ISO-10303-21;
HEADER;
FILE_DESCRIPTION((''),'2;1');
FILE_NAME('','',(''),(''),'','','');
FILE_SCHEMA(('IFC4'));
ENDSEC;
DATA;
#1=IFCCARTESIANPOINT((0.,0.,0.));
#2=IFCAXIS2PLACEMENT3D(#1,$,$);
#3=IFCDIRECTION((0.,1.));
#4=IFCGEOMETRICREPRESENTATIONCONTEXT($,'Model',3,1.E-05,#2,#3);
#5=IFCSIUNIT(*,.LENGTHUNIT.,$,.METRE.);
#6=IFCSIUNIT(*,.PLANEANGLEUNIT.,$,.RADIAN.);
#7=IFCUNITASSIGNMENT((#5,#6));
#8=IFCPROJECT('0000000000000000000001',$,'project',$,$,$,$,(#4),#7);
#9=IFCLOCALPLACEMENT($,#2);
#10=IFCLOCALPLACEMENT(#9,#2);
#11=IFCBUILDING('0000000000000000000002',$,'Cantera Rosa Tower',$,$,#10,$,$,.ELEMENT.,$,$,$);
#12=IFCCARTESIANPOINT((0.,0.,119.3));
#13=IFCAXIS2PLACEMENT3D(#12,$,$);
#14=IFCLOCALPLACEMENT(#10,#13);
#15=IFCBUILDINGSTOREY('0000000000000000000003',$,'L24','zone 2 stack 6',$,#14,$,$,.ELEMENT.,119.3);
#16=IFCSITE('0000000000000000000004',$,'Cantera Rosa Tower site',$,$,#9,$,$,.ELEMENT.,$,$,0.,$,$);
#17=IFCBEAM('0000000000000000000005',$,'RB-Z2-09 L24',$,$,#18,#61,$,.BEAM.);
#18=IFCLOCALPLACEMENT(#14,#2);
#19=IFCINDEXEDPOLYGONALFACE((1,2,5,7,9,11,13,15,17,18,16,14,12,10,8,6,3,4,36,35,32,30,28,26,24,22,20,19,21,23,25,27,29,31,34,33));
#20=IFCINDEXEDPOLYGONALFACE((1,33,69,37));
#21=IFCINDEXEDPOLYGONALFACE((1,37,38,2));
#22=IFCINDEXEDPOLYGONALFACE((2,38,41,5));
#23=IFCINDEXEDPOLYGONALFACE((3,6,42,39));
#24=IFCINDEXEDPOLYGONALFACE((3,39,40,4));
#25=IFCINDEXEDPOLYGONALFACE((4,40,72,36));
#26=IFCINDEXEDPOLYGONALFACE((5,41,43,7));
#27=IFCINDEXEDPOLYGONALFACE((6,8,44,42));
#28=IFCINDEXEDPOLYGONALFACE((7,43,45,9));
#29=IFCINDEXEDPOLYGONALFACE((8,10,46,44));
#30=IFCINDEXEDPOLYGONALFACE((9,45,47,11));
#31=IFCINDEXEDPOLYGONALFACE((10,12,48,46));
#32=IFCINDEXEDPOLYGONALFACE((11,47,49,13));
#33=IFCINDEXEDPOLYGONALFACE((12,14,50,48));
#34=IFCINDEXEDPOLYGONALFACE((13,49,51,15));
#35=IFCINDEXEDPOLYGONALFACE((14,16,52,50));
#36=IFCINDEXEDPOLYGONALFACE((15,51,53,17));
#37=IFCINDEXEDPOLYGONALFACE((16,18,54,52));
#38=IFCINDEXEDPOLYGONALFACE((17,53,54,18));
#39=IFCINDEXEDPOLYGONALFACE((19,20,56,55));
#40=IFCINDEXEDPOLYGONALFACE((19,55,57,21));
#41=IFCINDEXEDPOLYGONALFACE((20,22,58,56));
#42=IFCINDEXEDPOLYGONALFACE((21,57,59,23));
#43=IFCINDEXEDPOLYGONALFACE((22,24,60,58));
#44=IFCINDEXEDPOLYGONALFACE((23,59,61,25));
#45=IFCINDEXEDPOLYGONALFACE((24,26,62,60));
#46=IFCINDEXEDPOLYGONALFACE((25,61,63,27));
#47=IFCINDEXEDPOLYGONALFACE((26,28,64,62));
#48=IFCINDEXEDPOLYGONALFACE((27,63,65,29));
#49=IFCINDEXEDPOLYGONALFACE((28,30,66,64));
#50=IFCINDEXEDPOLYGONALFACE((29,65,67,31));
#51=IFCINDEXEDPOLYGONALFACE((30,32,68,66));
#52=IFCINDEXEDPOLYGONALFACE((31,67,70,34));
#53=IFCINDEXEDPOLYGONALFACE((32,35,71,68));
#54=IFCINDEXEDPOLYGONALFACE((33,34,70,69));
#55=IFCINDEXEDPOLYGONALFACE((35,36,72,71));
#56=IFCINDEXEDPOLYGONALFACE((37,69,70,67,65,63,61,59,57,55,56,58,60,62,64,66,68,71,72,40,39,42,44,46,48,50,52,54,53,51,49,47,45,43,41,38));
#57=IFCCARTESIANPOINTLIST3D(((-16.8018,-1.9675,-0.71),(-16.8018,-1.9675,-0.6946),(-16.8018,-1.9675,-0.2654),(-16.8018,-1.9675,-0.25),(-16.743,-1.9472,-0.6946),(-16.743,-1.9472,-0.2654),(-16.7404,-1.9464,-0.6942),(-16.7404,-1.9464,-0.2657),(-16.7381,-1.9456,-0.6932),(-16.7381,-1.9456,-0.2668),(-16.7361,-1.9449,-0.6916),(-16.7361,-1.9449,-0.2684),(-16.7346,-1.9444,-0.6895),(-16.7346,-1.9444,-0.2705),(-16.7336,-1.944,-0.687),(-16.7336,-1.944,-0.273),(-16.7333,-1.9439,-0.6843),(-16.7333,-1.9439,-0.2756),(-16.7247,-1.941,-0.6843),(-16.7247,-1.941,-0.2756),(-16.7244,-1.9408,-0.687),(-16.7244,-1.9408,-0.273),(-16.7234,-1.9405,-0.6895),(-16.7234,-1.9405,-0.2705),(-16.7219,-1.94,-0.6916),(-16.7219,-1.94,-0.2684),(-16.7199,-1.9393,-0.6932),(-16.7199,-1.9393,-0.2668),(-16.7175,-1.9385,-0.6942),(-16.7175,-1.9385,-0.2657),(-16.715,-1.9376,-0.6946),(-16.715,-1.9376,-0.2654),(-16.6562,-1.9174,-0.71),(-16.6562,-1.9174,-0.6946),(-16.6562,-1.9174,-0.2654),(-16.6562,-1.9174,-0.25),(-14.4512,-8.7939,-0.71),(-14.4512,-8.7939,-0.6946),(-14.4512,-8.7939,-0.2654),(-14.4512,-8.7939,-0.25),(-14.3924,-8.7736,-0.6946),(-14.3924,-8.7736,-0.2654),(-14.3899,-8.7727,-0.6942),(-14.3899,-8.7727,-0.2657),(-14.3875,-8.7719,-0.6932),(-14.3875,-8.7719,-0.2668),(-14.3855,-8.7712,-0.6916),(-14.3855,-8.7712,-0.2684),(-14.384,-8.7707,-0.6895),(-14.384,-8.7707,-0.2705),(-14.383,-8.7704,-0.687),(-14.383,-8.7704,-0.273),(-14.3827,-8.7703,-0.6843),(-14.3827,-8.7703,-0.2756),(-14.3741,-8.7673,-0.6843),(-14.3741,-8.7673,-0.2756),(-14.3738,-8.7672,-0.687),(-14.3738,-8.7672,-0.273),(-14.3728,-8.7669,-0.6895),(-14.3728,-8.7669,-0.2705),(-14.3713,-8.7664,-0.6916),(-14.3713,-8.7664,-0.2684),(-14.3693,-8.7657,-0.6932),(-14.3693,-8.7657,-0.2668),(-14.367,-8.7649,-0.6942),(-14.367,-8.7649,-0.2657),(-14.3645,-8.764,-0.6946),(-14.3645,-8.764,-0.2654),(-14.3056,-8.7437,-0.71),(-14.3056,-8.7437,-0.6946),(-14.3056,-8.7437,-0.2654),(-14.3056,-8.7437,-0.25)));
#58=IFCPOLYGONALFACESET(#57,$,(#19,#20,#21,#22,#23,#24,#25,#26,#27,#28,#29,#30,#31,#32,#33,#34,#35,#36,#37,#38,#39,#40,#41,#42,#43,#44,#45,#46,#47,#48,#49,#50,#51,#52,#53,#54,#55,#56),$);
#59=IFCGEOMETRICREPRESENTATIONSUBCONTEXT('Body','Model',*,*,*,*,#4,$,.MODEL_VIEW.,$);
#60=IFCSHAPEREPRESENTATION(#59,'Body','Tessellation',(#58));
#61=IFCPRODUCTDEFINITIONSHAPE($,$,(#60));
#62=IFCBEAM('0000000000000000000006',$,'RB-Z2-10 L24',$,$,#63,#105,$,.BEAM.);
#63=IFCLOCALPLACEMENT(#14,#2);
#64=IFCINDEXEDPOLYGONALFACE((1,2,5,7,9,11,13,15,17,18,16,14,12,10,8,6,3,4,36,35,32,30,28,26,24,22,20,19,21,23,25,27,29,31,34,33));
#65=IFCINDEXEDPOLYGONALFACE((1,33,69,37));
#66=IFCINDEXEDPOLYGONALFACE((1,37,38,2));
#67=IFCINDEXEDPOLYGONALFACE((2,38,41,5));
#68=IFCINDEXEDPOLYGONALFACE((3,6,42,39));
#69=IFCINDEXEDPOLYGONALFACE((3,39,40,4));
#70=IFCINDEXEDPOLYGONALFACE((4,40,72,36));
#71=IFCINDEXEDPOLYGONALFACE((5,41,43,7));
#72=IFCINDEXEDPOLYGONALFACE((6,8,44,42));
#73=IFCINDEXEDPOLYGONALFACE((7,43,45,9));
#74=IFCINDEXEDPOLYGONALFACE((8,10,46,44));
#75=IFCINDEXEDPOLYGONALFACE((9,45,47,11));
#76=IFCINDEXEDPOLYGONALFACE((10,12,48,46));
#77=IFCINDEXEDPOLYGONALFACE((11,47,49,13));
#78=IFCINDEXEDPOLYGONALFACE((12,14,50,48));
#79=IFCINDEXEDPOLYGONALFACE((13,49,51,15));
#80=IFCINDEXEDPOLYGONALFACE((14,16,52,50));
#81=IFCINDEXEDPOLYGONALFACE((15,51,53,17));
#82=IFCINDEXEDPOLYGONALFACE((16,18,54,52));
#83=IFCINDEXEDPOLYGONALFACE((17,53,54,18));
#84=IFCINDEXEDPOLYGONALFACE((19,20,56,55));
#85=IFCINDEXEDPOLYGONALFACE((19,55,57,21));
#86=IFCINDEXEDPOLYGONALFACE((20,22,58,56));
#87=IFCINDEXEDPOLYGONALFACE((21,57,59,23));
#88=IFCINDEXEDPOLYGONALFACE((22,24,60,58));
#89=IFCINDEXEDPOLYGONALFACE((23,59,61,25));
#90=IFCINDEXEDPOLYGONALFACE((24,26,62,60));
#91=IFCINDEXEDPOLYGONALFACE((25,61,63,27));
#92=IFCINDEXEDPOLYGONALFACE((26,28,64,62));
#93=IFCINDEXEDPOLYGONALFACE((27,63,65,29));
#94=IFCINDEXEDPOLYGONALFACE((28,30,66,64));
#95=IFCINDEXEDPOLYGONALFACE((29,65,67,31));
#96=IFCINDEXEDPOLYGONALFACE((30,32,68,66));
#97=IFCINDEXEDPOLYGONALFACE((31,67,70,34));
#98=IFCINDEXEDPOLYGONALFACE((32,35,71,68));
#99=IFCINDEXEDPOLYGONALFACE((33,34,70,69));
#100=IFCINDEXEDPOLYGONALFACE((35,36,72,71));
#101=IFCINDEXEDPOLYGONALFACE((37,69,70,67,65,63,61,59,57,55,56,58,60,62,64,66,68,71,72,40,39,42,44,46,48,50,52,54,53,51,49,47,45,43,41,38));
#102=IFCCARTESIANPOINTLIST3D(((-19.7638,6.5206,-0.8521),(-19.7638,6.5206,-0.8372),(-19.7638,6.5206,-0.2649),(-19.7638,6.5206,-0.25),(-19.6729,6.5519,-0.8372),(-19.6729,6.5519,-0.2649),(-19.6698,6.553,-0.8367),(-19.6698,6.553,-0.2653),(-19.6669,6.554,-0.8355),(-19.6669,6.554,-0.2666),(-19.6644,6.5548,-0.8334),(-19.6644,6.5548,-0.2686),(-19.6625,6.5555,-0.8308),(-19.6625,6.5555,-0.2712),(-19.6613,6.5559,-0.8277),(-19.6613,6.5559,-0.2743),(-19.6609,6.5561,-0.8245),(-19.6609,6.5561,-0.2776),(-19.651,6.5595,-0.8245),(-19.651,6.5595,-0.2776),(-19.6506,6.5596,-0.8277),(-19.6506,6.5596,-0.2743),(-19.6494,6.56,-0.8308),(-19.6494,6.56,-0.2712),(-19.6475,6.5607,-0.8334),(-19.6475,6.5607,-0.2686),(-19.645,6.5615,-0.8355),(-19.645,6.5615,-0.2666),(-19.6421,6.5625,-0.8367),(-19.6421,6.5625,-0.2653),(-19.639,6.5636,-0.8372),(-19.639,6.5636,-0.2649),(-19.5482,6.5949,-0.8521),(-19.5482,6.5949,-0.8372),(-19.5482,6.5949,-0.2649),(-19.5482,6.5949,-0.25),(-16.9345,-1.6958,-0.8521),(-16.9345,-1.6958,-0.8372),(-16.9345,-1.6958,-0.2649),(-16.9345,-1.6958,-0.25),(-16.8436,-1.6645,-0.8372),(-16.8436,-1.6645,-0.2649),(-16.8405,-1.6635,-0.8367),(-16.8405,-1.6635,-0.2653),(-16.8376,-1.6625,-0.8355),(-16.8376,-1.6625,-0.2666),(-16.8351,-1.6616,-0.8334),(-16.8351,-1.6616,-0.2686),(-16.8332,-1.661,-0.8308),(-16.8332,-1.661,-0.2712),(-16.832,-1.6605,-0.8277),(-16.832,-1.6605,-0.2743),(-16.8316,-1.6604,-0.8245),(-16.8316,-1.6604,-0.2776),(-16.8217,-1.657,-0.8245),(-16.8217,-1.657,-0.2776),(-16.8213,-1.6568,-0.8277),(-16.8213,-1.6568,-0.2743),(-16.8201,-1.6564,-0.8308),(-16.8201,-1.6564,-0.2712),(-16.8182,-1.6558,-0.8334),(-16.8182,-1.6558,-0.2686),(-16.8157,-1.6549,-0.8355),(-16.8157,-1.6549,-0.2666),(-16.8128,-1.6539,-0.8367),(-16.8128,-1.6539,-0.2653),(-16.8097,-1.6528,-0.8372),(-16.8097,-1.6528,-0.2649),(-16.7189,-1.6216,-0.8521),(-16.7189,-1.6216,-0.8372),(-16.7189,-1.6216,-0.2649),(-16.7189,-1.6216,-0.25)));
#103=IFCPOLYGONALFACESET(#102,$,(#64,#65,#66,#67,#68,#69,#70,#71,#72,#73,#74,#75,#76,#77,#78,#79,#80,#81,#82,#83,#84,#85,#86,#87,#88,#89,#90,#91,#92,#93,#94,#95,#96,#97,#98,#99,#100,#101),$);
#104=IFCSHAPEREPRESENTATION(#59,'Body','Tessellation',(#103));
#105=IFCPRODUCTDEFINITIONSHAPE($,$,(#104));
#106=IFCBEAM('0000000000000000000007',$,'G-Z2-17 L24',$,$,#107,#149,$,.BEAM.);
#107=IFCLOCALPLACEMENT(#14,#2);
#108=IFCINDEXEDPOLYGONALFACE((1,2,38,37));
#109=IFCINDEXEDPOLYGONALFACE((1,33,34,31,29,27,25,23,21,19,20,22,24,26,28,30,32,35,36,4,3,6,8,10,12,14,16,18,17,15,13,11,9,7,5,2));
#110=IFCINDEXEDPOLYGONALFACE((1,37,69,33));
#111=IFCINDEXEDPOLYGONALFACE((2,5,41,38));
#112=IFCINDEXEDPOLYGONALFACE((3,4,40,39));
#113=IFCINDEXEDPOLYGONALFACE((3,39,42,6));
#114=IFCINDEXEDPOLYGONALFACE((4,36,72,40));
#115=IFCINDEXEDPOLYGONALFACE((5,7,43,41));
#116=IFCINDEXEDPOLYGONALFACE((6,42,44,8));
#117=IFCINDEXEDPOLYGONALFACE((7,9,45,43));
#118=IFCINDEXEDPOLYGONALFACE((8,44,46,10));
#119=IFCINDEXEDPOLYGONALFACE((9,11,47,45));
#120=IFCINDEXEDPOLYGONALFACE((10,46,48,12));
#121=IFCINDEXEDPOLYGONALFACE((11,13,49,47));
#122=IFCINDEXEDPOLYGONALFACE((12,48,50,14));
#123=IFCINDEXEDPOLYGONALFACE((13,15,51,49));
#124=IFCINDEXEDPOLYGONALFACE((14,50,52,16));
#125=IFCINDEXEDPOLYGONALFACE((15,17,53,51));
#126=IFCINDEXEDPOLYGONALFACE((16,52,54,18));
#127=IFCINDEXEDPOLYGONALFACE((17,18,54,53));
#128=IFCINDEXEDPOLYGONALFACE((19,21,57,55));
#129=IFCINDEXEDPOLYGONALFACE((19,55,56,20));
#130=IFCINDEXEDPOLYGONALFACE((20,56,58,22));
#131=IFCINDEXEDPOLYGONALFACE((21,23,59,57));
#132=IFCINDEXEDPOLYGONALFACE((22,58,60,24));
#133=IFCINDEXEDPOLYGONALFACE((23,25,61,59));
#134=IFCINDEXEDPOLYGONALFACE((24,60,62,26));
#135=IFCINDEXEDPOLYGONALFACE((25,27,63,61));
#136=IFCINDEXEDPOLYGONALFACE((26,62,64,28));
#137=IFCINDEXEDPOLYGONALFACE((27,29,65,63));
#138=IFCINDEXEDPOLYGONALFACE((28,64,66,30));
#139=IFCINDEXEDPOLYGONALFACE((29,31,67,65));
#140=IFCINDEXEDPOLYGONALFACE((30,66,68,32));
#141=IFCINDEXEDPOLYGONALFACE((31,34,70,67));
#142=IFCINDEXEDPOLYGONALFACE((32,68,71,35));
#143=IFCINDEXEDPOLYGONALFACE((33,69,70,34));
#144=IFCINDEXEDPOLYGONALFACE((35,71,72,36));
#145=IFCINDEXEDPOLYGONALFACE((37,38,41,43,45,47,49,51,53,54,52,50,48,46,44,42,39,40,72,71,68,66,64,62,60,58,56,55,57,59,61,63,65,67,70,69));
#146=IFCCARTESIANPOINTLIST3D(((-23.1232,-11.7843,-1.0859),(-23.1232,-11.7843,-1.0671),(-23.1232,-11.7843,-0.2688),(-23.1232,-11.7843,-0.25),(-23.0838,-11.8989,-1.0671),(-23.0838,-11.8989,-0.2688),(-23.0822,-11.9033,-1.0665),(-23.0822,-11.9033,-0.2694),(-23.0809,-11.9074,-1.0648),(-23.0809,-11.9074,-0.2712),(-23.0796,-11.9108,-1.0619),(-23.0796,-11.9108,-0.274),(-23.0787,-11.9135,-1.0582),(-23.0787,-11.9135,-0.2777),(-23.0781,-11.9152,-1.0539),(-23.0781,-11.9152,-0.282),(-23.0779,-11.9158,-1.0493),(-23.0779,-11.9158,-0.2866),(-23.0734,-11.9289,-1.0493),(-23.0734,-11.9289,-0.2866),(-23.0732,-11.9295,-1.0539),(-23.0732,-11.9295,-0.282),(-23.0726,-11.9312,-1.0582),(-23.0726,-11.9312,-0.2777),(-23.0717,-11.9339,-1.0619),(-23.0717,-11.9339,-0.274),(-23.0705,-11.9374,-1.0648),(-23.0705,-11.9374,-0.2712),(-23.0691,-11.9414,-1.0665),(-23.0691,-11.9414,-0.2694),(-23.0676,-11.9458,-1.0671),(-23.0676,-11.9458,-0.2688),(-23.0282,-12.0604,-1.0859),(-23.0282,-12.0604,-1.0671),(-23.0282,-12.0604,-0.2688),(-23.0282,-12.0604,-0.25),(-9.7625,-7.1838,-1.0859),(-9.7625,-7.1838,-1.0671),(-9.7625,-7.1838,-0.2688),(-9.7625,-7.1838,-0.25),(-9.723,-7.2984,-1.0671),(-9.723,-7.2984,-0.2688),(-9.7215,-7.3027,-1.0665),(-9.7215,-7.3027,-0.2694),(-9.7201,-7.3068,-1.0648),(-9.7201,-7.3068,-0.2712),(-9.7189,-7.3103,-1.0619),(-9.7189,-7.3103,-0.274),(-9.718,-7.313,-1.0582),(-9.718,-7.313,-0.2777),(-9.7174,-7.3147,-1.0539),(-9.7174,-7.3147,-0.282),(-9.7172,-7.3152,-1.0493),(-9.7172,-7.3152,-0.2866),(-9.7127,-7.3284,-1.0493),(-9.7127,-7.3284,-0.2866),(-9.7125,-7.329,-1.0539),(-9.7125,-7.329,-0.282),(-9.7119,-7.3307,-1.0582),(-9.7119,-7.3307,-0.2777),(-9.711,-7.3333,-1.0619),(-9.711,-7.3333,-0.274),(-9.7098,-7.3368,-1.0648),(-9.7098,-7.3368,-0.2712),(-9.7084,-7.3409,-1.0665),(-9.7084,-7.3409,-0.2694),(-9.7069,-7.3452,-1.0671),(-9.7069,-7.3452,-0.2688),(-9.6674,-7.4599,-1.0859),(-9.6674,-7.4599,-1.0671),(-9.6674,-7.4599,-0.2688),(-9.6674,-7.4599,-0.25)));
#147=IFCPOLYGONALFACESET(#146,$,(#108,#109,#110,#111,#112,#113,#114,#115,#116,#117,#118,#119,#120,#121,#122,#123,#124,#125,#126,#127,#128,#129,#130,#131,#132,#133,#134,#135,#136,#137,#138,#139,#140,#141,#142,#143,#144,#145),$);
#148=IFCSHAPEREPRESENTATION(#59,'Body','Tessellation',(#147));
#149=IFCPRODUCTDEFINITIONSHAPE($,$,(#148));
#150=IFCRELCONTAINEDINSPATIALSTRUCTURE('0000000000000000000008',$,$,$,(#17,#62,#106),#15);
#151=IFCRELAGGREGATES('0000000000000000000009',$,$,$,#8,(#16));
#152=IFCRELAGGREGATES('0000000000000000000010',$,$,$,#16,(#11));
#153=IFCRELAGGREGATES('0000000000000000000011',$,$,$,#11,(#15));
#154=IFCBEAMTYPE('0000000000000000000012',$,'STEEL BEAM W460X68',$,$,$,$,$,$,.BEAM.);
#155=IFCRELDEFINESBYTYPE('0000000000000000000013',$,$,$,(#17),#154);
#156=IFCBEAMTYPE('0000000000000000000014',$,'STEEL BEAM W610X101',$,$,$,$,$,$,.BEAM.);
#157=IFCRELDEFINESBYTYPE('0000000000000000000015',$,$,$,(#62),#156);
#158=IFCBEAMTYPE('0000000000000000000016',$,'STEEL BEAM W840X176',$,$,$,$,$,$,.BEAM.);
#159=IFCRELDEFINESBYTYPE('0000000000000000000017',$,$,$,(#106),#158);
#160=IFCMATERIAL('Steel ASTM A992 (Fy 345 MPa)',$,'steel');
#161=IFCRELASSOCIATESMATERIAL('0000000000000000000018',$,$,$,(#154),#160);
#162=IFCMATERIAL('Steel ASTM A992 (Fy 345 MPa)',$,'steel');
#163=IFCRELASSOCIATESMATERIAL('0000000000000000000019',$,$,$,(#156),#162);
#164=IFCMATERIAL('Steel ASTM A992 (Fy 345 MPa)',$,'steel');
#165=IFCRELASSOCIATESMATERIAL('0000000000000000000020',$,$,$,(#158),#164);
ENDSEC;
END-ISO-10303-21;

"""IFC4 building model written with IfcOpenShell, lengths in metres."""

from ifc_helpers import new_model, si_unit, direction, frame, origin, origin_2d, place, context, subcontext, project, spatial, i_section, extrude, material, material_profile, profile_set, type_object, element, save


model = new_model("IFC4")

# Units and contexts
model_context = context("Model", 3, precision=1e-05, world=origin(), true_north=direction((0.0, 1.0)))
body_context = subcontext(model_context, "Body", "Model", "MODEL_VIEW")
ifc_project = project(units=[si_unit("LENGTHUNIT", "METRE"), si_unit("PLANEANGLEUNIT", "RADIAN")], contexts=[model_context])

# Site, building, storey
site_placement = place(None, origin())
site = spatial("IfcSite", under=ifc_project, at=site_placement, Name="Cantera Rosa Tower site", CompositionType="ELEMENT", RefElevation=0.0)
building_placement = place(site_placement, origin())
building = spatial("IfcBuilding", under=site, at=building_placement, Name="Cantera Rosa Tower", CompositionType="ELEMENT")
storey_placement = place(building_placement, frame((0.0, 0.0, 119.3)))
storey = spatial("IfcBuildingStorey", under=building, at=storey_placement, Name="L24", Description="zone 2 stack 6", CompositionType="ELEMENT", Elevation=119.3)

# Beams
ifc_material_1 = material(Name="Steel ASTM A992 (Fy 345 MPa)", Category="steel")
ifc_material_profile_1 = material_profile(ifc_material_1, i_section(OverallWidth=0.1541, OverallDepth=0.46, WebThickness=0.009, FlangeThickness=0.0154, FilletRadius=0.0103, at=origin_2d()), Name="W460X68")
ifc_profile_set_1 = profile_set([ifc_material_profile_1], Name="Steel ASTM A992 (Fy 345 MPa)")
beam_type_1 = type_object("IfcBeamType", Name="STEEL BEAM W460X68", PredefinedType="BEAM", material=ifc_profile_set_1)
beam_1_placement = place(storey_placement, frame((-14.3784, -8.7688, -0.48), z_axis=(-0.325576, 0.945516, 0.0), x_axis=(-0.945516, -0.325576, 0.0)))
element("IfcBeam", 1, at=beam_1_placement, inside=storey, type_object=beam_type_1, Name="RB-Z2-09 L24", PredefinedType="BEAM", context=body_context, shape_type="SweptSolid", body=[
    extrude(i_section(OverallWidth=0.1541, OverallDepth=0.46, WebThickness=0.009, FlangeThickness=0.0154, FilletRadius=0.0103, at=origin_2d()), origin(), (0.0, 0.0, 1.0), 7.2197),
])
ifc_material_2 = material(Name="Steel ASTM A992 (Fy 345 MPa)", Category="steel")
ifc_material_profile_2 = material_profile(ifc_material_2, i_section(OverallWidth=0.228, OverallDepth=0.6021, WebThickness=0.0105, FlangeThickness=0.0149, FilletRadius=0.0127, at=origin_2d()), Name="W610X101")
ifc_profile_set_2 = profile_set([ifc_material_profile_2], Name="Steel ASTM A992 (Fy 345 MPa)")
beam_type_2 = type_object("IfcBeamType", Name="STEEL BEAM W610X101", PredefinedType="BEAM", material=ifc_profile_set_2)
beam_2_placement = place(storey_placement, frame((-16.8267, -1.6587, -0.551), z_axis=(-0.325585, 0.945513, 0.0), x_axis=(-0.945513, -0.325585, 0.0)))
element("IfcBeam", 2, at=beam_2_placement, inside=storey, type_object=beam_type_2, Name="RB-Z2-10 L24", PredefinedType="BEAM", context=body_context, shape_type="SweptSolid", body=[
    extrude(i_section(OverallWidth=0.228, OverallDepth=0.6021, WebThickness=0.0105, FlangeThickness=0.0149, FilletRadius=0.0127, at=origin_2d()), origin(), (0.0, 0.0, 1.0), 8.6899),
])
ifc_material_3 = material(Name="Steel ASTM A992 (Fy 345 MPa)", Category="steel")
ifc_material_profile_3 = material_profile(ifc_material_3, i_section(OverallWidth=0.292, OverallDepth=0.8359, WebThickness=0.0139, FlangeThickness=0.0188, FilletRadius=0.0178, at=origin_2d()), Name="W840X176")
ifc_profile_set_3 = profile_set([ifc_material_profile_3], Name="Steel ASTM A992 (Fy 345 MPa)")
beam_type_3 = type_object("IfcBeamType", Name="STEEL BEAM W840X176", PredefinedType="BEAM", material=ifc_profile_set_3)
beam_3_placement = place(storey_placement, frame((-23.0757, -11.9224, -0.668), z_axis=(0.945517, 0.325573, 0.0), x_axis=(-0.325573, 0.945517, 0.0)))
element("IfcBeam", 3, at=beam_3_placement, inside=storey, type_object=beam_type_3, Name="G-Z2-17 L24", PredefinedType="BEAM", context=body_context, shape_type="SweptSolid", body=[
    extrude(i_section(OverallWidth=0.292, OverallDepth=0.8359, WebThickness=0.0139, FlangeThickness=0.0188, FilletRadius=0.0178, at=origin_2d()), origin(), (0.0, 0.0, 1.0), 14.1306),
])

save(model, "model.ifc")
